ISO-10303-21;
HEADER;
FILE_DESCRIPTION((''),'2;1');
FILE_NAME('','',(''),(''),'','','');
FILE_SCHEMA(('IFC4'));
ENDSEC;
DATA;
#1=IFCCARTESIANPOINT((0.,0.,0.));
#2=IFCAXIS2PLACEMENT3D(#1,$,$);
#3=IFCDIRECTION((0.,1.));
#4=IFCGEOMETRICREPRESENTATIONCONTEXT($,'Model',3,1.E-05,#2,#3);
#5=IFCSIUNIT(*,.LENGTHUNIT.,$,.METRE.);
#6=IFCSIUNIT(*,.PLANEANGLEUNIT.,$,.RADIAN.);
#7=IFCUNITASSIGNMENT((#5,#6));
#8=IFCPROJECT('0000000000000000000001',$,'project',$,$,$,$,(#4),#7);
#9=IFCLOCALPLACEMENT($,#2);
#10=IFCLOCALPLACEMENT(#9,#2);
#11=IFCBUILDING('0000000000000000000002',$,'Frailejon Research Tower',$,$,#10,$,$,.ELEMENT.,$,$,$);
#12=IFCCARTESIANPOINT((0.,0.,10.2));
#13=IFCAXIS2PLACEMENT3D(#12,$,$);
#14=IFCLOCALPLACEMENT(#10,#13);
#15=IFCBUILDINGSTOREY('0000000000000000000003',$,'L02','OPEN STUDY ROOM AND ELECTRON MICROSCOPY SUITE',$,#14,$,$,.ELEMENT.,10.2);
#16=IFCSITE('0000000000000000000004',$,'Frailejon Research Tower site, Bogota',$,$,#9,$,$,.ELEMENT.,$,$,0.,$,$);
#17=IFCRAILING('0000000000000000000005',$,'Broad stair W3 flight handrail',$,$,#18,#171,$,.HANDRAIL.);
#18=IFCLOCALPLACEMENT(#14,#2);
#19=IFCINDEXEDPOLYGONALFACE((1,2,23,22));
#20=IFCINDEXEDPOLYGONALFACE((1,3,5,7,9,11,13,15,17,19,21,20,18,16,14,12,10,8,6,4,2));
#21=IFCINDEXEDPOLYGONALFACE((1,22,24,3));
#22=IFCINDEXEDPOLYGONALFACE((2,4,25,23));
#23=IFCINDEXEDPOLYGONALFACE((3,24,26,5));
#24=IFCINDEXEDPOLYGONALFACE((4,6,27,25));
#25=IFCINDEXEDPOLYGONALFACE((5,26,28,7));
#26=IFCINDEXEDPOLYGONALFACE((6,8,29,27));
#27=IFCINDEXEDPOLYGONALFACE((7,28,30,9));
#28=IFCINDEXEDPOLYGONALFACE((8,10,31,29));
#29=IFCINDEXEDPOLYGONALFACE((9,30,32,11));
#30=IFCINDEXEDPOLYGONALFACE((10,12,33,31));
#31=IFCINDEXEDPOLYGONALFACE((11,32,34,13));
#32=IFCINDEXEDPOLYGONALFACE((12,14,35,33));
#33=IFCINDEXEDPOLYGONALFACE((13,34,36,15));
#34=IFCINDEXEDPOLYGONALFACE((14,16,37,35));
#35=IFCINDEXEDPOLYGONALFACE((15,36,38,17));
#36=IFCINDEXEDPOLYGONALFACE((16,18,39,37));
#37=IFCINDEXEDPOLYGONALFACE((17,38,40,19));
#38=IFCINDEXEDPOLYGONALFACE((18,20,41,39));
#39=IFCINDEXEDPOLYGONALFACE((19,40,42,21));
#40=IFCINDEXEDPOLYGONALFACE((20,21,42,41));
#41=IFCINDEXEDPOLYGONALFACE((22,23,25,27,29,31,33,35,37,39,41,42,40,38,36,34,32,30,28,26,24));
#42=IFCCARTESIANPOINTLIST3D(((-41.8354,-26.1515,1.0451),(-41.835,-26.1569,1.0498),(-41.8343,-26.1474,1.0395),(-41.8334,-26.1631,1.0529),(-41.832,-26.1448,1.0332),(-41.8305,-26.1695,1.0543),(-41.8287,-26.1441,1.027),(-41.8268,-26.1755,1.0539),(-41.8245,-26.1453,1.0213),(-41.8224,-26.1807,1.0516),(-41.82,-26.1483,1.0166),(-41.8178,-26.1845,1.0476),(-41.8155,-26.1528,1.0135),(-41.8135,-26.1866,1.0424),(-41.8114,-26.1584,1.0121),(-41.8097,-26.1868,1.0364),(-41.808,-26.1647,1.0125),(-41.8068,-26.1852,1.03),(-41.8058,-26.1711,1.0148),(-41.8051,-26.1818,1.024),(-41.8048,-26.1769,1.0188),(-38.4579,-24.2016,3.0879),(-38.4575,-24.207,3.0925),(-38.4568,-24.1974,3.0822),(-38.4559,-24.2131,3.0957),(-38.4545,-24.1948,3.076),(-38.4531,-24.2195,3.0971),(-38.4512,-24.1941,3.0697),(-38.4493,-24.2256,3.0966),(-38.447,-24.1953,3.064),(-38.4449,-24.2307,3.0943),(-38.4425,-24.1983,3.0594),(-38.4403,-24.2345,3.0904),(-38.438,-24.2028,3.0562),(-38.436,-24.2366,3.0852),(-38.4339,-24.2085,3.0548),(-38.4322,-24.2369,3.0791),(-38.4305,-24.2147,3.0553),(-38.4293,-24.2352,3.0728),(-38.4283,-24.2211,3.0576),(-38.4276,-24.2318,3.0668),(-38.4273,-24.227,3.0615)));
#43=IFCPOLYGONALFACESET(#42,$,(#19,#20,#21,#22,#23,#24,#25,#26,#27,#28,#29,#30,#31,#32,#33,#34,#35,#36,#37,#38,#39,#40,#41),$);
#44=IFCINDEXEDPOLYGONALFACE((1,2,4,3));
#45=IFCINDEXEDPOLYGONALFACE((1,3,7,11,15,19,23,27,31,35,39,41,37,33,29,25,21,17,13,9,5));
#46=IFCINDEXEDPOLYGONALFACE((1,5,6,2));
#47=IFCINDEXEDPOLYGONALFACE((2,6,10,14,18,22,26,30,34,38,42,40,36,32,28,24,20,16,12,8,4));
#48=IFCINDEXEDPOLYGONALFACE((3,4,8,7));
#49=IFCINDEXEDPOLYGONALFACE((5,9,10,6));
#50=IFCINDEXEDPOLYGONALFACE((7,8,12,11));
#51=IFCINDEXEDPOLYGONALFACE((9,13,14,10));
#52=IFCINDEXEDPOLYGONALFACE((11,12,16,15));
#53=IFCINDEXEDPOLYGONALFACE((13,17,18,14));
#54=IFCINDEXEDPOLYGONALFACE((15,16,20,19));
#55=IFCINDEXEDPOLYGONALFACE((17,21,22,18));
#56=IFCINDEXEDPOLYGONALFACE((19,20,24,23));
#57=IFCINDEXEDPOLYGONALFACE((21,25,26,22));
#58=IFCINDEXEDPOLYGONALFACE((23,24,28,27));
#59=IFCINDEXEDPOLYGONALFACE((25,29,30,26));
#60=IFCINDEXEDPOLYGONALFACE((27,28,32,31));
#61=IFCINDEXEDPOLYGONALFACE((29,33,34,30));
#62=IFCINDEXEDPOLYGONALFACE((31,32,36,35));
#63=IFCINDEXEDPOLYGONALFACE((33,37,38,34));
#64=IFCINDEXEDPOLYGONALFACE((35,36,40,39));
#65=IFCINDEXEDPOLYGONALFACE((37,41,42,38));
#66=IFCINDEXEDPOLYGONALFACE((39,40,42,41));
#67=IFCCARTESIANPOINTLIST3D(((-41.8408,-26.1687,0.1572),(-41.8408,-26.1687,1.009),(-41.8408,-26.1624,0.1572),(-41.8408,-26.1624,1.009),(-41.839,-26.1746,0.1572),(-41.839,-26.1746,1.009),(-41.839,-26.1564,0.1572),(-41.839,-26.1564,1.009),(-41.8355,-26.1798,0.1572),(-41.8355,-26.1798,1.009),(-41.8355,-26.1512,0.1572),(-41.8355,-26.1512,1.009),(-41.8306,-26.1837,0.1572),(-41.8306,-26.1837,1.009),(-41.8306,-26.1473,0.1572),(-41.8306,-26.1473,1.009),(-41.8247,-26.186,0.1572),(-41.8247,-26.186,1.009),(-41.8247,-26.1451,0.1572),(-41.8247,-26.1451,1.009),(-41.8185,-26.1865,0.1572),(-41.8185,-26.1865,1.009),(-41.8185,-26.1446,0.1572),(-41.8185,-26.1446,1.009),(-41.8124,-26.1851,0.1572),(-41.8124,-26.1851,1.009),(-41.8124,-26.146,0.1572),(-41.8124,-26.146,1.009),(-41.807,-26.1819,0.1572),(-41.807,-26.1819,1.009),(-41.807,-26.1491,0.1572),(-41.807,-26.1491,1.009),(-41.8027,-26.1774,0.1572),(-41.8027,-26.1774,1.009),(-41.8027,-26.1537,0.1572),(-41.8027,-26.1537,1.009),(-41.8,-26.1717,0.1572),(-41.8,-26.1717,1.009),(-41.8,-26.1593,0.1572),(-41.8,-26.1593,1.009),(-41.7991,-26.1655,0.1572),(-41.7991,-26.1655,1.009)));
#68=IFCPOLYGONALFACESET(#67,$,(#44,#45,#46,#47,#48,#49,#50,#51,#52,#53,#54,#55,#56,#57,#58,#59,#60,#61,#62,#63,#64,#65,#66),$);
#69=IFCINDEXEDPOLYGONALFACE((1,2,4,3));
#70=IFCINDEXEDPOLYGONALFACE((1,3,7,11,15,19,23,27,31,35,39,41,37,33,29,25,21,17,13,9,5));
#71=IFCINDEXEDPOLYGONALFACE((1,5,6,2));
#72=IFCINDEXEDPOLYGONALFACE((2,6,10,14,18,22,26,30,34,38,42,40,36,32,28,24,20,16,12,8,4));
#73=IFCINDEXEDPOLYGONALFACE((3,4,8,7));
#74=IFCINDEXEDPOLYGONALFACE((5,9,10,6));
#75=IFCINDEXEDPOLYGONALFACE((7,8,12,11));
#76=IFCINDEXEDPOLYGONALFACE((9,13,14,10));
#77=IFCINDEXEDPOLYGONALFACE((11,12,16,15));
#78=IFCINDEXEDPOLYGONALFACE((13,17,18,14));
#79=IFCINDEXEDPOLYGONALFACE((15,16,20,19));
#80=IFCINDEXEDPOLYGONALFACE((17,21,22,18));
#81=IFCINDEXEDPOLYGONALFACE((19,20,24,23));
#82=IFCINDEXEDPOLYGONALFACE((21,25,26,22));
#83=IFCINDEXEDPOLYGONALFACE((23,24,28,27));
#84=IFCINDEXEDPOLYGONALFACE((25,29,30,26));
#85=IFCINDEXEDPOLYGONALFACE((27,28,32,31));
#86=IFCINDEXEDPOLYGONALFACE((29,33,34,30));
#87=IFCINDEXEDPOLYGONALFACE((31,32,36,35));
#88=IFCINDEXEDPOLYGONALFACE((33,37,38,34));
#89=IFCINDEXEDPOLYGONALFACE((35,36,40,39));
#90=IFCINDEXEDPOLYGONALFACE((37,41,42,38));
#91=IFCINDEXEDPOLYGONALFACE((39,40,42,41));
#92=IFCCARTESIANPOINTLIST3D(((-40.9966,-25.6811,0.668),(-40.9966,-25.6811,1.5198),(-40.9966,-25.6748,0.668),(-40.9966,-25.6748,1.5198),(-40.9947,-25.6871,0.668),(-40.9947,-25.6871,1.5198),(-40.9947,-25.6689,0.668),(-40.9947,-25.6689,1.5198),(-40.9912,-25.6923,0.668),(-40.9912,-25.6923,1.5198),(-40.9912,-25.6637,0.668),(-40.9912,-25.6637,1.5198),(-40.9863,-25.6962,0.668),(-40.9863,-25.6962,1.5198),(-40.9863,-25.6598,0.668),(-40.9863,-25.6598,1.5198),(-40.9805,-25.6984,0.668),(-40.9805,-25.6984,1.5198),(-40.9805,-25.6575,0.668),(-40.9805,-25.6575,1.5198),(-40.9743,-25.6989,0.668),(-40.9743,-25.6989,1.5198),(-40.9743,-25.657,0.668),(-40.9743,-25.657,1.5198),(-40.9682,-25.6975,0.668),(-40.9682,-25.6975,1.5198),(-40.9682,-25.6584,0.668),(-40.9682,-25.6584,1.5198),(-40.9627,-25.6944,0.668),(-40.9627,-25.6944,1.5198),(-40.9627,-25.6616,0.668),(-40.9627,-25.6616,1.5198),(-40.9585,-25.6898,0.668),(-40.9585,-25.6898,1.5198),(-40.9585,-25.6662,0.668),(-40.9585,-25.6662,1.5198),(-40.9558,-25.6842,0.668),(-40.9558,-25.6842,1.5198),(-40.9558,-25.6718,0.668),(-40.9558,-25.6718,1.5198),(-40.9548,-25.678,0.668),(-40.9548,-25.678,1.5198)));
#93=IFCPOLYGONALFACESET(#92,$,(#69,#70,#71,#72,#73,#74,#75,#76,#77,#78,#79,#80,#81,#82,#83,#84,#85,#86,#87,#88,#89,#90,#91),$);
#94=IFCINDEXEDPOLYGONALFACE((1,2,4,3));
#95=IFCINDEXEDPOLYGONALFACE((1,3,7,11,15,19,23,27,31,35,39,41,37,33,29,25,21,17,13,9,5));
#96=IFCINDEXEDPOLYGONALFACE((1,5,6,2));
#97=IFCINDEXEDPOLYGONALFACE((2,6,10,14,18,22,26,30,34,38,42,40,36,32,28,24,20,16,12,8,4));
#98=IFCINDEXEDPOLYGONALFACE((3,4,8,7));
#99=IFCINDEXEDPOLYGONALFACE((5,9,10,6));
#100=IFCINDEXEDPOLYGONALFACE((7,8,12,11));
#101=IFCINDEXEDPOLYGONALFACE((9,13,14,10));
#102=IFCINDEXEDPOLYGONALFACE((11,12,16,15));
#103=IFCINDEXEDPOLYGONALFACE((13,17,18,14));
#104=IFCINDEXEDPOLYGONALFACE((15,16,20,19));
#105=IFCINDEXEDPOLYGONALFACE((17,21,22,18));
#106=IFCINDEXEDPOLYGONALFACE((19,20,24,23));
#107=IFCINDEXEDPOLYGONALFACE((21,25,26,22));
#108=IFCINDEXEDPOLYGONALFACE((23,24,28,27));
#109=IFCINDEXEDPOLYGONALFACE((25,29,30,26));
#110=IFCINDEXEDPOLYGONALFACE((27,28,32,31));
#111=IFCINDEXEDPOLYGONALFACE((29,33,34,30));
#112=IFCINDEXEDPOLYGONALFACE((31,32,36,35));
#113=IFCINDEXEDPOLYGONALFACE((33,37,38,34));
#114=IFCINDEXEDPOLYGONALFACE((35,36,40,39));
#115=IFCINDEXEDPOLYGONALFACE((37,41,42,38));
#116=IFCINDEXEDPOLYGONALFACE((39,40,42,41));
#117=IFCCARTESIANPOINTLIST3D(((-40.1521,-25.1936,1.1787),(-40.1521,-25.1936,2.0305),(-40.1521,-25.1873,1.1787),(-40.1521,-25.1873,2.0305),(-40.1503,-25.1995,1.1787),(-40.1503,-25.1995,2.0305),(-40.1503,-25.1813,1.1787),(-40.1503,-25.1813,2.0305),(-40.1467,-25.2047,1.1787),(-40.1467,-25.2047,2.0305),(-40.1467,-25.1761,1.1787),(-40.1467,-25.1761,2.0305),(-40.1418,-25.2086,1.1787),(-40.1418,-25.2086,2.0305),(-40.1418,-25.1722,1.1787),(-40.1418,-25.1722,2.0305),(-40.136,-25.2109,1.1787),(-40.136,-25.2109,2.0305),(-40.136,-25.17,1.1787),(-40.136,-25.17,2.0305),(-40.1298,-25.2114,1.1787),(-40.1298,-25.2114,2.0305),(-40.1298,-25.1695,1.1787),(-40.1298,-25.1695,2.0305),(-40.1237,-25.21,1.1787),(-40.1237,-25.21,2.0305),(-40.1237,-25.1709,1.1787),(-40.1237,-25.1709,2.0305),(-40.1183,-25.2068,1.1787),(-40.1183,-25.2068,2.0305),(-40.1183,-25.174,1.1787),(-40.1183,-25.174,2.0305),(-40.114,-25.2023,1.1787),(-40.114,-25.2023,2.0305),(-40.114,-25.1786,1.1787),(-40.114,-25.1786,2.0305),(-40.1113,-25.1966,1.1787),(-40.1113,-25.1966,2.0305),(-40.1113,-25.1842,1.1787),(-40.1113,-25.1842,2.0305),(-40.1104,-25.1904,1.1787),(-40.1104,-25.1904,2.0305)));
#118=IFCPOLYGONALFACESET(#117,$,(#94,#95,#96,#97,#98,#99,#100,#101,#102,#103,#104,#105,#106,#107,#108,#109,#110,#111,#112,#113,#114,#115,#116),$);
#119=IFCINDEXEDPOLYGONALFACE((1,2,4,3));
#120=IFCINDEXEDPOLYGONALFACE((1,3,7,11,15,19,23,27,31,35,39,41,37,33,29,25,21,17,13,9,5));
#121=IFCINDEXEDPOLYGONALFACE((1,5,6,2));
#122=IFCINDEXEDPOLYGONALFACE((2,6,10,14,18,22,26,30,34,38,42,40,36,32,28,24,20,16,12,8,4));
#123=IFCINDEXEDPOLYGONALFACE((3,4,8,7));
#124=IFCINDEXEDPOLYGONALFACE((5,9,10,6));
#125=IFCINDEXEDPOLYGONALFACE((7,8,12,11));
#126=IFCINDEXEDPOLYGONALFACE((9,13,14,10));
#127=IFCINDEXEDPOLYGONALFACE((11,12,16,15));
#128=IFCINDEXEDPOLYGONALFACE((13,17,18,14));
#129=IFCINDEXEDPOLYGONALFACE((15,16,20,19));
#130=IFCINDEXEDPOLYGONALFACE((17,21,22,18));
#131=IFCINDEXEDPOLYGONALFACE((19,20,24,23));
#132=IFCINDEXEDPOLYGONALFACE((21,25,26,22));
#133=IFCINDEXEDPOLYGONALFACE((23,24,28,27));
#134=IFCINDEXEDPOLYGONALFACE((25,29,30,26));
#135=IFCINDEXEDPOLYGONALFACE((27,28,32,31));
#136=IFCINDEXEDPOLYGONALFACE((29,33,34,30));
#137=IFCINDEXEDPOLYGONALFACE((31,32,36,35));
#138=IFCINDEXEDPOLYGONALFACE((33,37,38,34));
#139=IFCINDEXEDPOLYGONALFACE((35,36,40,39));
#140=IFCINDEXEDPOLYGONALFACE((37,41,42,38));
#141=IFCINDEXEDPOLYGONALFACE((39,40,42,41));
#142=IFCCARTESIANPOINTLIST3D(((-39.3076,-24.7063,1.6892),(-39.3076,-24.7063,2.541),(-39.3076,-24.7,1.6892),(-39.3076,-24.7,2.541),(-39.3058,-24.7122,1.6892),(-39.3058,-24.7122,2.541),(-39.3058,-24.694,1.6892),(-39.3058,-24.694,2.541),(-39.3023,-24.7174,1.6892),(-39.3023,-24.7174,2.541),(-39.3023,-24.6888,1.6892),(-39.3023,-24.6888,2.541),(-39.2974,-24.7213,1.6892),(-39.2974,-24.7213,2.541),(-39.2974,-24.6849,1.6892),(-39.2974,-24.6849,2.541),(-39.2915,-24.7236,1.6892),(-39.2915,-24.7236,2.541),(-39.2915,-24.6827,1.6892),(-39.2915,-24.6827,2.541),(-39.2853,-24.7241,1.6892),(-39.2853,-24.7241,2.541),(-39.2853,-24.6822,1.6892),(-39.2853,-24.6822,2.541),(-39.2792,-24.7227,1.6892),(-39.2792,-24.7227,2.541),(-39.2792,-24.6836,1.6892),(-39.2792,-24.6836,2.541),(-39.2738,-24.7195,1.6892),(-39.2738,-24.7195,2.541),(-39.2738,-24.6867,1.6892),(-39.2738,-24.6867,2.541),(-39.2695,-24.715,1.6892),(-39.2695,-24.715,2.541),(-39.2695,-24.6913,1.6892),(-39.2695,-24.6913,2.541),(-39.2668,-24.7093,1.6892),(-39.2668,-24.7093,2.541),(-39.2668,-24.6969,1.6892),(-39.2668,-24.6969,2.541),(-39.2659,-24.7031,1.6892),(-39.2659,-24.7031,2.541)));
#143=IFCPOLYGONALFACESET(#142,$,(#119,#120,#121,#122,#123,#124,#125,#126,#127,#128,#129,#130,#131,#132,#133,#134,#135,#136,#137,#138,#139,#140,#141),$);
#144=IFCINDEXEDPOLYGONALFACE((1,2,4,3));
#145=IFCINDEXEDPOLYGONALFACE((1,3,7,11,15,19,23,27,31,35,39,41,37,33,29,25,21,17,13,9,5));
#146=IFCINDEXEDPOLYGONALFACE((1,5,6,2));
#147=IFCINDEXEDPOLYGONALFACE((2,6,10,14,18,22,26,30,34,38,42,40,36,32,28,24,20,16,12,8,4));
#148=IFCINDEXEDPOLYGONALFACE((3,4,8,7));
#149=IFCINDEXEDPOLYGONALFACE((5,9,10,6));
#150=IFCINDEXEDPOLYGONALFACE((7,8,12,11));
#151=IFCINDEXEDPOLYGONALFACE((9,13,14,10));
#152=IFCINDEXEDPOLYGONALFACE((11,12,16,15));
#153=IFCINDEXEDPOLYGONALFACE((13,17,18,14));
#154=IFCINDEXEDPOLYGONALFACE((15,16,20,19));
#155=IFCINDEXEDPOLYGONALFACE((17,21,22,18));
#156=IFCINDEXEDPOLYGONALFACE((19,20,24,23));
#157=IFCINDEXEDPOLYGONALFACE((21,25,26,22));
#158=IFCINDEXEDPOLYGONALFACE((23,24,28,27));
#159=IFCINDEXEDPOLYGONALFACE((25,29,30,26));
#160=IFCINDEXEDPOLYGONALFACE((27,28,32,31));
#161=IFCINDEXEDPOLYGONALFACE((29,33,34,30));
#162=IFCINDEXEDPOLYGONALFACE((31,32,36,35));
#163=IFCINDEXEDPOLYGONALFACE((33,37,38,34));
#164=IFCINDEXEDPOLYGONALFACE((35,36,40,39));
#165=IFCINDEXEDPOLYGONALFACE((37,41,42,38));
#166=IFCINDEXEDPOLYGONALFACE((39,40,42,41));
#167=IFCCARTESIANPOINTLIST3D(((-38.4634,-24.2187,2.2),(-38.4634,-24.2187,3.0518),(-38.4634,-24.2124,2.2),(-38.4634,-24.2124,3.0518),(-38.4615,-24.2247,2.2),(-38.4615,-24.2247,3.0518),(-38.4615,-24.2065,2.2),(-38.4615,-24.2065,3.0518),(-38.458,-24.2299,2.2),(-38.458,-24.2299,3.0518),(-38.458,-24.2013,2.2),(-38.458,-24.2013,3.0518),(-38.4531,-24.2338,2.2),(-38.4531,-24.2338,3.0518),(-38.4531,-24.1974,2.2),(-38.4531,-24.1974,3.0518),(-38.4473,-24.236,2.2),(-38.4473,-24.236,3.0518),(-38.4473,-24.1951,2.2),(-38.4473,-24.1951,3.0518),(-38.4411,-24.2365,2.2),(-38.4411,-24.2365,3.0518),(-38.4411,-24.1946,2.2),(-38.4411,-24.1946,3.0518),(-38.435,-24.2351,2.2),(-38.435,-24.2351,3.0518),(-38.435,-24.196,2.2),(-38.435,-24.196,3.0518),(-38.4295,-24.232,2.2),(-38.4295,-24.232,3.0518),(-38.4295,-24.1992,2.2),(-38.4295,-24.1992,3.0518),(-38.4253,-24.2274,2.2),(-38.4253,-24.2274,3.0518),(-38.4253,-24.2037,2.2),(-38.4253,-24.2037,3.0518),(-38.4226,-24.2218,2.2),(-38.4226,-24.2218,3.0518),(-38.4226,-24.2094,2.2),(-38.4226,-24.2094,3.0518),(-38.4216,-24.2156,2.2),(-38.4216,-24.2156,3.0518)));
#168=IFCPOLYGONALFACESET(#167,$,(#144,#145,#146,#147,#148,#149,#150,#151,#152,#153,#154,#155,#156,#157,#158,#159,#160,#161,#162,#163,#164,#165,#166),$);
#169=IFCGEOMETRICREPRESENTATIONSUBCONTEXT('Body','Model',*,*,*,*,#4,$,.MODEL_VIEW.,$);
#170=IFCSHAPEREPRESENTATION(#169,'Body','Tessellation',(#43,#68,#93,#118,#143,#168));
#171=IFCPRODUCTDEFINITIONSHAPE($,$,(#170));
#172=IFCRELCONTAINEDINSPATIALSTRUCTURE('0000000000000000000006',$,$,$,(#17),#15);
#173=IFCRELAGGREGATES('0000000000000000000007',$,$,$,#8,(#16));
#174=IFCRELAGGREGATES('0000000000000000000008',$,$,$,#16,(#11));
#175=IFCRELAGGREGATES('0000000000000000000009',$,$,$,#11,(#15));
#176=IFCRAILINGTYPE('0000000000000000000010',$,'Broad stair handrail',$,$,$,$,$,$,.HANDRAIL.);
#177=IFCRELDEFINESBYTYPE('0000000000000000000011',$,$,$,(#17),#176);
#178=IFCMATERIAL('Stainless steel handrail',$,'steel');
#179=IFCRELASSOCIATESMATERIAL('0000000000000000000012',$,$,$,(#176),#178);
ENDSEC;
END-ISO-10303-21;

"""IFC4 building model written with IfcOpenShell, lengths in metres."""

from ifc_helpers import new_model, si_unit, direction, frame, origin, origin_2d, place, context, subcontext, project, spatial, circle, extrude, material, type_object, element, save


model = new_model("IFC4")

# Units and contexts
model_context = context("Model", 3, precision=1e-05, world=origin(), true_north=direction((0.0, 1.0)))
body_context = subcontext(model_context, "Body", "Model", "MODEL_VIEW")
ifc_project = project(units=[si_unit("LENGTHUNIT", "METRE"), si_unit("PLANEANGLEUNIT", "RADIAN")], contexts=[model_context])

# Site, building, storey
site_placement = place(None, origin())
site = spatial("IfcSite", under=ifc_project, at=site_placement, Name="Frailejon Research Tower site, Bogota", CompositionType="ELEMENT", RefElevation=0.0)
building_placement = place(site_placement, origin())
building = spatial("IfcBuilding", under=site, at=building_placement, Name="Frailejon Research Tower", CompositionType="ELEMENT")
storey_placement = place(building_placement, frame((0.0, 0.0, 10.2)))
storey = spatial("IfcBuildingStorey", under=building, at=storey_placement, Name="L02", Description="OPEN STUDY ROOM AND ELECTRON MICROSCOPY SUITE", CompositionType="ELEMENT", Elevation=10.2)

# Railing
ifc_material_1 = material(Name="Stainless steel handrail", Category="steel")
railing_type_1 = type_object("IfcRailingType", Name="Broad stair handrail", PredefinedType="HANDRAIL", material=ifc_material_1)
railing_1_placement = place(storey_placement, frame((-41.8201, -26.1655, 0.1572)))
element("IfcRailing", 1, at=railing_1_placement, inside=storey, type_object=railing_type_1, Name="Broad stair W3 flight handrail", PredefinedType="HANDRAIL", context=body_context, shape_type="SweptSolid", body=[
    extrude(circle(Radius=0.0239, at=origin_2d()), frame((0.0, 0.0, 0.876), z_axis=(0.767162, 0.442917, 0.46399), x_axis=(-0.499997, 0.866027, 0.0)), (0.0, 0.0, 1.0), 4.4026),
    extrude(circle(Radius=0.021, at=origin_2d()), origin(), (0.0, 0.0, 1.0), 0.8518),
    extrude(circle(Radius=0.021, at=origin_2d()), frame((0.8442, 0.4875, 0.5107)), (0.0, 0.0, 1.0), 0.8518),
    extrude(circle(Radius=0.021, at=origin_2d()), frame((1.6887, 0.9751, 1.0215)), (0.0, 0.0, 1.0), 0.8518),
    extrude(circle(Radius=0.021, at=origin_2d()), frame((2.5332, 1.4624, 1.532)), (0.0, 0.0, 1.0), 0.8518),
    extrude(circle(Radius=0.021, at=origin_2d()), frame((3.3774, 1.95, 2.0427)), (0.0, 0.0, 1.0), 0.8518),
])

save(model, "model.ifc")
